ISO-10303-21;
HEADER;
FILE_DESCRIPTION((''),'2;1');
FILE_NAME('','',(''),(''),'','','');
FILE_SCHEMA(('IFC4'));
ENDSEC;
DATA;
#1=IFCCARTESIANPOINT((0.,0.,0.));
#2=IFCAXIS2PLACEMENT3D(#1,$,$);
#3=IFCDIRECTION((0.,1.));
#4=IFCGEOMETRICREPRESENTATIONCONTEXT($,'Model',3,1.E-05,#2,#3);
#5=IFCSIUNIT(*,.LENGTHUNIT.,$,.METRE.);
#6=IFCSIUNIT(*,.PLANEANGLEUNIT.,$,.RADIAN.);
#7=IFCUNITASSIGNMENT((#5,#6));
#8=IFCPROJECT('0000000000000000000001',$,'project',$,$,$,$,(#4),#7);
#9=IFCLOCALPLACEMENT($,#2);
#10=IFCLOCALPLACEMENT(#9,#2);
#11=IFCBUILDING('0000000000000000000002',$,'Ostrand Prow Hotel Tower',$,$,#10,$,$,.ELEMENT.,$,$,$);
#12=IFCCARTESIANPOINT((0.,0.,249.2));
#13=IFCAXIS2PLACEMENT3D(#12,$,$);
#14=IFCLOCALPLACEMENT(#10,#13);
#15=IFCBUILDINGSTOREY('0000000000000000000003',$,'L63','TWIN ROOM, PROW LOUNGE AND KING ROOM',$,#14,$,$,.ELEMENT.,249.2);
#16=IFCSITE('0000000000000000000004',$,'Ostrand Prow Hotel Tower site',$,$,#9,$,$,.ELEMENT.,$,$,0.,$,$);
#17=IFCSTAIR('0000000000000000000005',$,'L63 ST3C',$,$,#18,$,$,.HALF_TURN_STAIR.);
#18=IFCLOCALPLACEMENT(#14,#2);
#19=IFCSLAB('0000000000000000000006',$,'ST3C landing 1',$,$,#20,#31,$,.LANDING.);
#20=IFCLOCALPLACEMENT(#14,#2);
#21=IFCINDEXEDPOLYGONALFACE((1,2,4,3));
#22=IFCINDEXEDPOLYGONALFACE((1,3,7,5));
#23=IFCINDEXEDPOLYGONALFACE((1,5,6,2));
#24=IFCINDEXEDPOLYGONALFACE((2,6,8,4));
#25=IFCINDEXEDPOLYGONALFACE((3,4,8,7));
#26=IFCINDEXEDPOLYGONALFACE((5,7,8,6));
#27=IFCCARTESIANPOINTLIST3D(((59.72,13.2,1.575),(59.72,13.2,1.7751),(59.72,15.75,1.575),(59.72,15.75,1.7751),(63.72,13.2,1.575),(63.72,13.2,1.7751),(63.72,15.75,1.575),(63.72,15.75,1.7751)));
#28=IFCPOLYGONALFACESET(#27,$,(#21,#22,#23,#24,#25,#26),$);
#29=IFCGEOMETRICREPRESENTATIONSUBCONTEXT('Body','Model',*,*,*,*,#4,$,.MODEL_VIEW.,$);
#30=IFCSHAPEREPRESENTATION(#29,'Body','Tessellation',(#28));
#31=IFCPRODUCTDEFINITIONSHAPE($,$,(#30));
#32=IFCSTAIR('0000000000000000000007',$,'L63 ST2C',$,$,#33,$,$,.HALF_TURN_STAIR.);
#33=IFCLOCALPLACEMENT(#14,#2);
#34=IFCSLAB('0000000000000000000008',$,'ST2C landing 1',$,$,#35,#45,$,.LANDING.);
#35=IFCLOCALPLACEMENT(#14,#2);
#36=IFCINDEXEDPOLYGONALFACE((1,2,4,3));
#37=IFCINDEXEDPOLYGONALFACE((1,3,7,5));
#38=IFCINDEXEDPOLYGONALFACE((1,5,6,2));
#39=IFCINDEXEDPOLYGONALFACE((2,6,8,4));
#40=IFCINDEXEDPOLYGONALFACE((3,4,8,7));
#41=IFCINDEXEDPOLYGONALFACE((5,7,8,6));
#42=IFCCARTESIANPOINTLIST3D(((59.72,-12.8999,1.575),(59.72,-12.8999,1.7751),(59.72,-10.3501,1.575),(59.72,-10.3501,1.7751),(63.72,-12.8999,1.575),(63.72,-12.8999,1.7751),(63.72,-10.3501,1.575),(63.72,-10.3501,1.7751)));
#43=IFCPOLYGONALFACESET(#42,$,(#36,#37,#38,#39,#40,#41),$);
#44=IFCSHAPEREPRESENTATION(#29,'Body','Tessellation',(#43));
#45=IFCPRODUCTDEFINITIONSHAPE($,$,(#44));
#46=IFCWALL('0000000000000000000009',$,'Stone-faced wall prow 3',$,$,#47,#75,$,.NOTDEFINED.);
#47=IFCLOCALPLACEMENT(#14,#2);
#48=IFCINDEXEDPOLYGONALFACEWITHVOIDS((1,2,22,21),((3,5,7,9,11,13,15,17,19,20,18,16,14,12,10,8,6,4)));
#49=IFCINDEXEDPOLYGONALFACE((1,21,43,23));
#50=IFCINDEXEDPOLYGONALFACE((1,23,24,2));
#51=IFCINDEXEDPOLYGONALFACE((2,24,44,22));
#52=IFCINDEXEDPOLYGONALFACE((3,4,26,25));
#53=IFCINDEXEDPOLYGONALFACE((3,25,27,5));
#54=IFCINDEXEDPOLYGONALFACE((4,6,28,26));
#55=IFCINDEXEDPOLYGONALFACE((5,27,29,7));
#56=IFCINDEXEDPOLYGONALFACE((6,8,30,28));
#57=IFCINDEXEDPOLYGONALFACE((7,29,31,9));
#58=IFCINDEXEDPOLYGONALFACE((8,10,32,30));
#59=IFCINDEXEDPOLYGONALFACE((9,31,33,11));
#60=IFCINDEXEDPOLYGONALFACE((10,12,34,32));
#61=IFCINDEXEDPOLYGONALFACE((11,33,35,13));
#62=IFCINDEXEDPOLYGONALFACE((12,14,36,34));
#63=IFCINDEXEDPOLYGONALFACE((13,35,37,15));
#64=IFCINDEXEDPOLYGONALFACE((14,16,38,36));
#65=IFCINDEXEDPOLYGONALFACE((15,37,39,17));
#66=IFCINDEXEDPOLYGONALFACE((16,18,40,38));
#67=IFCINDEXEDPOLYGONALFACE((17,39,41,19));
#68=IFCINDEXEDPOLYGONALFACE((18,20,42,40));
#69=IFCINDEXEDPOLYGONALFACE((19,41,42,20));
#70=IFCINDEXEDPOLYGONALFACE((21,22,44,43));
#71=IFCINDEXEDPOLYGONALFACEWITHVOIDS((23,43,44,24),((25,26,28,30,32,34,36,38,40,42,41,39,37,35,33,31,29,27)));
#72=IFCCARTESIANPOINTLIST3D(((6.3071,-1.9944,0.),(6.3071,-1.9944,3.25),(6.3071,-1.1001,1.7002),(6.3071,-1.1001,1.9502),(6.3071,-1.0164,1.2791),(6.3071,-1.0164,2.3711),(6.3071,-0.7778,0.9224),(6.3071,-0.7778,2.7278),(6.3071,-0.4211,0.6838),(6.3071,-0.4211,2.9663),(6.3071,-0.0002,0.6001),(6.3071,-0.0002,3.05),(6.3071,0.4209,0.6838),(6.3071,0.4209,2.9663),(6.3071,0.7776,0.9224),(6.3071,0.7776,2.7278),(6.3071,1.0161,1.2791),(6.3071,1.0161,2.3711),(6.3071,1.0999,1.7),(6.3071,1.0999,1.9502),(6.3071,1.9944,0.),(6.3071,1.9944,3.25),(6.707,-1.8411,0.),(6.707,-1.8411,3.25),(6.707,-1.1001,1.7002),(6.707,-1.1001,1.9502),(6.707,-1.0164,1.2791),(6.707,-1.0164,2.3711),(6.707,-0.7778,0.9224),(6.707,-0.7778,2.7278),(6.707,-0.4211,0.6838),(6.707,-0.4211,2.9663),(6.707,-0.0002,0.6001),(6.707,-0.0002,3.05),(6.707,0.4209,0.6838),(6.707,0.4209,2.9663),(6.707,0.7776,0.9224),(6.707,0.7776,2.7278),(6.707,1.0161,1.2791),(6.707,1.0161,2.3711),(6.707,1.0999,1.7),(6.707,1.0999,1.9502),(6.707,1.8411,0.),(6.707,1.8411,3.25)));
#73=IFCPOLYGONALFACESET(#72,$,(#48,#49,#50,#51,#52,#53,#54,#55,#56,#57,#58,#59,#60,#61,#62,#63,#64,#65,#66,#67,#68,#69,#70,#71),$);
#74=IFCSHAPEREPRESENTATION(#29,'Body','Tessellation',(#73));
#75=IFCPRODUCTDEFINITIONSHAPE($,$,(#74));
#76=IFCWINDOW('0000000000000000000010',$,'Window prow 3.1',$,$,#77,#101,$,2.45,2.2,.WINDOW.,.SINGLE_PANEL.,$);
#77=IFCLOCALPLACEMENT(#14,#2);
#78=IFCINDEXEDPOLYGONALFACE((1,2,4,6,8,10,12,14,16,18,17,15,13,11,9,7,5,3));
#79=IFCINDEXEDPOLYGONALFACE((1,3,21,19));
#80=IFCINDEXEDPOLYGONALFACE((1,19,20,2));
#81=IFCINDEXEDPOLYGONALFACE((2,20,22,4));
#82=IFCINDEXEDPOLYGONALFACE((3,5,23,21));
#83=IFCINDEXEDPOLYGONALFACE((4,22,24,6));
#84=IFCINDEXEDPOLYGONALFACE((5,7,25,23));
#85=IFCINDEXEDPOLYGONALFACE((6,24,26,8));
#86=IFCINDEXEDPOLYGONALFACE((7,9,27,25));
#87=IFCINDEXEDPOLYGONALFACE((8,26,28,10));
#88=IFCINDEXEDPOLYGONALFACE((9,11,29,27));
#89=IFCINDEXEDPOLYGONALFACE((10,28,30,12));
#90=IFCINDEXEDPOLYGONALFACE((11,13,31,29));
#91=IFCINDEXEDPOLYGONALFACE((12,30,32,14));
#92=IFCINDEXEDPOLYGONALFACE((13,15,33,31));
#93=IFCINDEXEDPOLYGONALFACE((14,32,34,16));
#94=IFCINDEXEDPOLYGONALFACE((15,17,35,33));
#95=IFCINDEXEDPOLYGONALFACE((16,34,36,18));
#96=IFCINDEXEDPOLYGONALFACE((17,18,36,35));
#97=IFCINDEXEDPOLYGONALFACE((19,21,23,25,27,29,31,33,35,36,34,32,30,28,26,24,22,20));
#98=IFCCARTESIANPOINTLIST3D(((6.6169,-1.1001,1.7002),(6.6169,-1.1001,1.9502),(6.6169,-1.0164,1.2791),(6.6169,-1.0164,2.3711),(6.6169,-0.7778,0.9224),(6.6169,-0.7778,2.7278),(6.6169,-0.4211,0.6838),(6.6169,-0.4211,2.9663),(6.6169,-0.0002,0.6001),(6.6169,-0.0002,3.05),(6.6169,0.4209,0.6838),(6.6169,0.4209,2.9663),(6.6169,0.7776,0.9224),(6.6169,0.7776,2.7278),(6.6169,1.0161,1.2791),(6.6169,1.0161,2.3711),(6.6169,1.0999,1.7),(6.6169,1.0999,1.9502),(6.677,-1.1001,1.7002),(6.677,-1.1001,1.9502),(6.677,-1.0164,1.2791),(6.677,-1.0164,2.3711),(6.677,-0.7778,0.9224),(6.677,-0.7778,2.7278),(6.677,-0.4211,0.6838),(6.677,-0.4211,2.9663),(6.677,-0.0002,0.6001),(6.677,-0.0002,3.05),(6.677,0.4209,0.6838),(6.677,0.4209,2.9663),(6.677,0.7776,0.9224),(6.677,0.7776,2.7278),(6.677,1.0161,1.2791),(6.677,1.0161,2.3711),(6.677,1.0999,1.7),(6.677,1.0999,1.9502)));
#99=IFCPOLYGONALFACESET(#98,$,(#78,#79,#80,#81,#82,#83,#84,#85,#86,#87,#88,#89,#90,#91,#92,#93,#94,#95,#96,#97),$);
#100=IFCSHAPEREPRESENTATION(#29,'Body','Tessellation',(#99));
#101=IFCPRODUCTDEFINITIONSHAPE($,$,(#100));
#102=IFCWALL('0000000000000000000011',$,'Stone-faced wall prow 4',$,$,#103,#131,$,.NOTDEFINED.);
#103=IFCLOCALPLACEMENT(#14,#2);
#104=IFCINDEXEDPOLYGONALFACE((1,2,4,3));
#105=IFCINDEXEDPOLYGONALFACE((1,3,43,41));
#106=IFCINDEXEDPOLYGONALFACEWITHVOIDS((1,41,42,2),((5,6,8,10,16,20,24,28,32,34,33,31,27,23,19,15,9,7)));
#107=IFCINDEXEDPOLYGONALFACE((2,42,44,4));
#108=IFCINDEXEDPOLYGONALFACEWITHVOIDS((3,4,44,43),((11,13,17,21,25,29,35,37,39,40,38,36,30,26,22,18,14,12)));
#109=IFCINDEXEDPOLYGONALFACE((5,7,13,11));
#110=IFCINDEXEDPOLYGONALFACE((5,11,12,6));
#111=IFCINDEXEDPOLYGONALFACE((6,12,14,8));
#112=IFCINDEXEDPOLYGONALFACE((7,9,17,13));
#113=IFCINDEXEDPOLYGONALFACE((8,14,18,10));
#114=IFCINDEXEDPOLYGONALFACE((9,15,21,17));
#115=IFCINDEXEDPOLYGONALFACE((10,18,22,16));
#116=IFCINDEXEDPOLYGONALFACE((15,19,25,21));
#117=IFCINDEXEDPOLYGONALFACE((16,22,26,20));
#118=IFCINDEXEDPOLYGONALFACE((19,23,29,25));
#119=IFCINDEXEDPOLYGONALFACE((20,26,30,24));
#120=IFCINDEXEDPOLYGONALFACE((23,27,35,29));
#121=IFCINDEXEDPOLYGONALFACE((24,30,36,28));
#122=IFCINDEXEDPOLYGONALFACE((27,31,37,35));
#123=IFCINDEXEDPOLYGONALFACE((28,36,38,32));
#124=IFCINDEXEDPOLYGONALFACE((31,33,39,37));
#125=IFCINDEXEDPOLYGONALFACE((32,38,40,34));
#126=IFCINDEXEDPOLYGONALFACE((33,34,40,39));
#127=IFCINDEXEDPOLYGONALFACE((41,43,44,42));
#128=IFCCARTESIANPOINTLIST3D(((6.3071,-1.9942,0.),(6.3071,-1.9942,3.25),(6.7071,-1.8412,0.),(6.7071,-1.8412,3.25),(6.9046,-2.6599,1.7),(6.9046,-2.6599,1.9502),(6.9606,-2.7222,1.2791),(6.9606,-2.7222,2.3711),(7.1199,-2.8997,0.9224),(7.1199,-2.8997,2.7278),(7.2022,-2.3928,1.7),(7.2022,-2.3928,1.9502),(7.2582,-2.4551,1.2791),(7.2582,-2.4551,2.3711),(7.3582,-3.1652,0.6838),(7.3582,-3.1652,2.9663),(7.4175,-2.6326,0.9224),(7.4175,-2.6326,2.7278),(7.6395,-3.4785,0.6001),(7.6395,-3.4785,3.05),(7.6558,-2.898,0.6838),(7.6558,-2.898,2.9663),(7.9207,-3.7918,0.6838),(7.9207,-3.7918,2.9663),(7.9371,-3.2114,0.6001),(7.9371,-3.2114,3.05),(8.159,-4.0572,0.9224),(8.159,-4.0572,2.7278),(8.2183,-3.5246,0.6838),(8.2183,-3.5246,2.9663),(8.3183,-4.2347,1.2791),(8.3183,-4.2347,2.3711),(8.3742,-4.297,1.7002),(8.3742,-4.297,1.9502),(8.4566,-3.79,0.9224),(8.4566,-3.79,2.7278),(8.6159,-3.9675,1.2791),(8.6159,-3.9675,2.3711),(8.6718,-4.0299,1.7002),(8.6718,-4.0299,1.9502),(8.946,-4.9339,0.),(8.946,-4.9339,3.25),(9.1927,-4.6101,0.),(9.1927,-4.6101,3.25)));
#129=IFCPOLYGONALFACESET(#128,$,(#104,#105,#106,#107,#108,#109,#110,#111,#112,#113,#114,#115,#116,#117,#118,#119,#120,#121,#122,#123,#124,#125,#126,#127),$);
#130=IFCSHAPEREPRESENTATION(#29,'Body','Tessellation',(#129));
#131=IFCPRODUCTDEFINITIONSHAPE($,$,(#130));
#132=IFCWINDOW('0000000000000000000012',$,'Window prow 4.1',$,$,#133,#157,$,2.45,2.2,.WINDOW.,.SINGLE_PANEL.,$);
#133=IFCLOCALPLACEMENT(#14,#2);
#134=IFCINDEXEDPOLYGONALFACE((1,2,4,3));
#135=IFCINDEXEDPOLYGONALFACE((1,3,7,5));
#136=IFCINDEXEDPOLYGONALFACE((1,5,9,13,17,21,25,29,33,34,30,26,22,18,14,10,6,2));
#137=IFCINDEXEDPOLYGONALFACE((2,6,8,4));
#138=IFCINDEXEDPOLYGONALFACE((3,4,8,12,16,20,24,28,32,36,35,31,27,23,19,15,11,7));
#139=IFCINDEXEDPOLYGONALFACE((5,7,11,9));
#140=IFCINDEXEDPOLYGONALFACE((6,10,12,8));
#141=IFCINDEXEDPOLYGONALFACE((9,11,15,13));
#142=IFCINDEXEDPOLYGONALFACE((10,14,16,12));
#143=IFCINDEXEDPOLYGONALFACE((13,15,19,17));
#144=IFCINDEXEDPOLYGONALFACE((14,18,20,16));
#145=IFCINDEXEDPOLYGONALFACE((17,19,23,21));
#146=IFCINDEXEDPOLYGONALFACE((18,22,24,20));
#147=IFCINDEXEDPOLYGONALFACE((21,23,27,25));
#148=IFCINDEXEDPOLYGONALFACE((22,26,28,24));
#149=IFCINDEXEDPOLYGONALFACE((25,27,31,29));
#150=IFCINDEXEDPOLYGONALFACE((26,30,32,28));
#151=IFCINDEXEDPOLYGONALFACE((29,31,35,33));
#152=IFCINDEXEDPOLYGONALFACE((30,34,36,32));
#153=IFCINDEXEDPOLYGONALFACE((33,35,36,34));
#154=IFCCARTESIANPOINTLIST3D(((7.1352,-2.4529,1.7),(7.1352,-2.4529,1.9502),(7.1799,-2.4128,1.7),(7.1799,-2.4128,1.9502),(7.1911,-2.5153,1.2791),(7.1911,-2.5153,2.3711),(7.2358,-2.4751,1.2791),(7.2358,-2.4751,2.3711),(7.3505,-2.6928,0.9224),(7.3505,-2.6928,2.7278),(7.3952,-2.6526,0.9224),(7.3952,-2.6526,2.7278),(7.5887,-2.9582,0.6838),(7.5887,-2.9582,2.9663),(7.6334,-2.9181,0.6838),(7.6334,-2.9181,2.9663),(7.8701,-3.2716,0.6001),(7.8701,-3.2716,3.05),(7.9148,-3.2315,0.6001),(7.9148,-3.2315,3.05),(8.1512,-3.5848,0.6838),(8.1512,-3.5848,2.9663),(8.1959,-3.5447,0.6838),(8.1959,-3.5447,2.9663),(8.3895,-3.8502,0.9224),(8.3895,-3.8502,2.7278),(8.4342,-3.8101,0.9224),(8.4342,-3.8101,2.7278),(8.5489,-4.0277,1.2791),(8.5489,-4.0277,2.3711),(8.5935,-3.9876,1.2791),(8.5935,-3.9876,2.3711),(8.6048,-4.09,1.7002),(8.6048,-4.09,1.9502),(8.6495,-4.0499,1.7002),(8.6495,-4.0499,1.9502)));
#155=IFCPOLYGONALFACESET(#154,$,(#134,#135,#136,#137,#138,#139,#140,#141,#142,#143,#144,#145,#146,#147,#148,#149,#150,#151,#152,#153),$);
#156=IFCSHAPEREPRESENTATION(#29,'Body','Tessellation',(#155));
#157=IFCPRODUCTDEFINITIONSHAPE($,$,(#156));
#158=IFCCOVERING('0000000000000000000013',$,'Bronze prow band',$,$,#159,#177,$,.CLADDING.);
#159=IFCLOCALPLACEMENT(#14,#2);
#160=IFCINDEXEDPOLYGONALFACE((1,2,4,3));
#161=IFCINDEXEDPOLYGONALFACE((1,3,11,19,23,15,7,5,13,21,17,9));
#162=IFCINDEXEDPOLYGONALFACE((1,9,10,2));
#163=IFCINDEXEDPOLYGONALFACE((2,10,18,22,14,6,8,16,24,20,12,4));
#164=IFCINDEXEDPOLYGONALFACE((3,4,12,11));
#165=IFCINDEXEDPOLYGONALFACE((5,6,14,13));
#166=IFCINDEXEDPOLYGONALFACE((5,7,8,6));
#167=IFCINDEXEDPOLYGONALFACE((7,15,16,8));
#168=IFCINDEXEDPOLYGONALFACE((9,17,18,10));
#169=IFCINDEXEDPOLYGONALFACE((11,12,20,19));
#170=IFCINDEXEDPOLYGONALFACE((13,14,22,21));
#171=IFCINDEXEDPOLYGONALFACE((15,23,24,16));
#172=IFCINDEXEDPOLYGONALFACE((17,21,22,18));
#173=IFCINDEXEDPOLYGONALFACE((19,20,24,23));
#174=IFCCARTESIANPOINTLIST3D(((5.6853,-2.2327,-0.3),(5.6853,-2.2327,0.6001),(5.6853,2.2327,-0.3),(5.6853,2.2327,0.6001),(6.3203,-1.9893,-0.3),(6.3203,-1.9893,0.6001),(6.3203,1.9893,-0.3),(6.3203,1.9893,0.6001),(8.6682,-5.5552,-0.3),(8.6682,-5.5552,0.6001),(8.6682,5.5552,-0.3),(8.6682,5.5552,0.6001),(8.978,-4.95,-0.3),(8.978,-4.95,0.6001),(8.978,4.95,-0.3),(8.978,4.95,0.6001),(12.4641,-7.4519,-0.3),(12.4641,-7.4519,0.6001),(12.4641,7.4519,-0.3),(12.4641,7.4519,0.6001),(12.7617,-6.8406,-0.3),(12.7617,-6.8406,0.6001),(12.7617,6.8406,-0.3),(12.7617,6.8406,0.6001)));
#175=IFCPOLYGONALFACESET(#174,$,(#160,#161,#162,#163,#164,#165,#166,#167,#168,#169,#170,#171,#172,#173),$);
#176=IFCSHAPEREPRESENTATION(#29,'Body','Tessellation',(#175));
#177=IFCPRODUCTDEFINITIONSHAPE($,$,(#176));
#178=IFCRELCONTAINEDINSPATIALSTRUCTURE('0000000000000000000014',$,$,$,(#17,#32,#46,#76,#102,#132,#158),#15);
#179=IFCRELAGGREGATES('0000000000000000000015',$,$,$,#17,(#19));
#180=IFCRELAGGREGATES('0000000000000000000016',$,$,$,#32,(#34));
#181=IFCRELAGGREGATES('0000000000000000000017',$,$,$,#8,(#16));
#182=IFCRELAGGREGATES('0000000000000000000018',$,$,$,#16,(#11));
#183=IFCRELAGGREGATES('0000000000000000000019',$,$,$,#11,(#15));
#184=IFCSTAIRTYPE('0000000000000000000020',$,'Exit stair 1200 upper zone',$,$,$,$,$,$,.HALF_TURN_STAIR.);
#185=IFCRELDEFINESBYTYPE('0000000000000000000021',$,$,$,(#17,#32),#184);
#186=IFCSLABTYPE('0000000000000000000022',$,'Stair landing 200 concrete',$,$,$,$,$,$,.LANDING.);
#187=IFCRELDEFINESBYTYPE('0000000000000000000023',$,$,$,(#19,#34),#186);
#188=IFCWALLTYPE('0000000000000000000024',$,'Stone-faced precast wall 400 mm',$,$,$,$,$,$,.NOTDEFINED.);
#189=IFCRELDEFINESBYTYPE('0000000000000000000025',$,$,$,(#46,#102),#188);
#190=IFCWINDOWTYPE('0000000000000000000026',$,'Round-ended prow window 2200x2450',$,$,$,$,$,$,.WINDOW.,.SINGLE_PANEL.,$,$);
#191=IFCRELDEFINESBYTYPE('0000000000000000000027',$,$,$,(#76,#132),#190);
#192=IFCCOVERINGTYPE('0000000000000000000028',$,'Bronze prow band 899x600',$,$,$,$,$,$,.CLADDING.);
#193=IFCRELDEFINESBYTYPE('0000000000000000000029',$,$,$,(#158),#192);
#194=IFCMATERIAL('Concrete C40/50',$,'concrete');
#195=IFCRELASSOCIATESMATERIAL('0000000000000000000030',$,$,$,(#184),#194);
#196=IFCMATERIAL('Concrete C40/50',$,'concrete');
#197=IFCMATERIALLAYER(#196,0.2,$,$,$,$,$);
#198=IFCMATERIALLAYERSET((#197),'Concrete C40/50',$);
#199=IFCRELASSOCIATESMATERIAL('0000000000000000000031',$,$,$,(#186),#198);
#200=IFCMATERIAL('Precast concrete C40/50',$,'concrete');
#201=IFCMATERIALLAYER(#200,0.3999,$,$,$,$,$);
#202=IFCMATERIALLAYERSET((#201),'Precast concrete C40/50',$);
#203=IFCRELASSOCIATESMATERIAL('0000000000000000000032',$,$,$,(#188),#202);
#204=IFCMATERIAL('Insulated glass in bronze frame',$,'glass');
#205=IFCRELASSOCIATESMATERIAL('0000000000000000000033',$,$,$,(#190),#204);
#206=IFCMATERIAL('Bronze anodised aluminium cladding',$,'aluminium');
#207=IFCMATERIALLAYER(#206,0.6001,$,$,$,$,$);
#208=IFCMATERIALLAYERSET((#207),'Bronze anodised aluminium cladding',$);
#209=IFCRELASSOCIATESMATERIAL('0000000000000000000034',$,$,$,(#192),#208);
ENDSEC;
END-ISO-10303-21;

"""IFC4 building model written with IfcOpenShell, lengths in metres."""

from ifc_helpers import new_model, si_unit, direction, frame, origin, place, context, subcontext, project, spatial, polyline, outline, extrude, material, layer, layer_set, type_object, element, fill, aggregate, save


model = new_model("IFC4")

# Units and contexts
model_context = context("Model", 3, precision=1e-05, world=origin(), true_north=direction((0.0, 1.0)))
body_context = subcontext(model_context, "Body", "Model", "MODEL_VIEW")
ifc_project = project(units=[si_unit("LENGTHUNIT", "METRE"), si_unit("PLANEANGLEUNIT", "RADIAN")], contexts=[model_context])

# Site, building, storey
site_placement = place(None, origin())
site = spatial("IfcSite", under=ifc_project, at=site_placement, Name="Ostrand Prow Hotel Tower site", CompositionType="ELEMENT", RefElevation=0.0)
building_placement = place(site_placement, origin())
building = spatial("IfcBuilding", under=site, at=building_placement, Name="Ostrand Prow Hotel Tower", CompositionType="ELEMENT")
storey_placement = place(building_placement, frame((0.0, 0.0, 249.2)))
storey = spatial("IfcBuildingStorey", under=building, at=storey_placement, Name="L63", Description="TWIN ROOM, PROW LOUNGE AND KING ROOM", CompositionType="ELEMENT", Elevation=249.2)

# Stairs, slabs
ifc_material_1 = material(Name="Concrete C40/50", Category="concrete")
stair_type = type_object("IfcStairType", Name="Exit stair 1200 upper zone", PredefinedType="HALF_TURN_STAIR", material=ifc_material_1)
ifc_material_2 = material(Name="Concrete C40/50", Category="concrete")
ifc_layer_1 = layer(ifc_material_2, 0.2)
ifc_layer_set_1 = layer_set([ifc_layer_1], Name="Concrete C40/50")
slab_type_1 = type_object("IfcSlabType", Name="Stair landing 200 concrete", PredefinedType="LANDING", material=ifc_layer_set_1)
stair_1_placement = place(storey_placement, origin())
stair_1 = element("IfcStair", 1, at=stair_1_placement, inside=storey, type_object=stair_type, Name="L63 ST3C", PredefinedType="HALF_TURN_STAIR")
slab_1_placement = place(storey_placement, frame((0.0, 0.0, 1.575)))
slab_1 = element("IfcSlab", 2, at=slab_1_placement, type_object=slab_type_1, Name="ST3C landing 1", PredefinedType="LANDING", context=body_context, shape_type="SweptSolid", body=[
    extrude(outline(polyline([(59.72, 13.2), (63.72, 13.2), (63.72, 15.75), (59.72, 15.75), (59.72, 13.2)])), origin(), (0.0, 0.0, 1.0), 0.2002),
])
aggregate(stair_1, [slab_1])
stair_2_placement = place(storey_placement, origin())
stair_2 = element("IfcStair", 3, at=stair_2_placement, inside=storey, type_object=stair_type, Name="L63 ST2C", PredefinedType="HALF_TURN_STAIR")
slab_2_placement = place(storey_placement, frame((0.0, 0.0, 1.575)))
slab_2 = element("IfcSlab", 4, at=slab_2_placement, type_object=slab_type_1, Name="ST2C landing 1", PredefinedType="LANDING", context=body_context, shape_type="SweptSolid", body=[
    extrude(outline(polyline([(59.72, -12.8999), (63.72, -12.8999), (63.72, -10.3501), (59.72, -10.3501), (59.72, -12.8999)])), origin(), (0.0, 0.0, 1.0), 0.2002),
])
aggregate(stair_2, [slab_2])

# Walls, openings, windows
ifc_material_3 = material(Name="Precast concrete C40/50", Category="concrete")
ifc_layer_2 = layer(ifc_material_3, 0.3999)
ifc_layer_set_2 = layer_set([ifc_layer_2], Name="Precast concrete C40/50")
wall_type = type_object("IfcWallType", Name="Stone-faced precast wall 400 mm", PredefinedType="NOTDEFINED", material=ifc_layer_set_2)
wall_1_placement = place(storey_placement, frame((6.5071, 1.9177, 0.0), z_axis=(0.0, 0.0, 1.0), x_axis=(0.0, -1.0, 0.0)))
wall_1 = element("IfcWall", 5, at=wall_1_placement, inside=storey, type_object=wall_type, Name="Stone-faced wall prow 3", PredefinedType="NOTDEFINED", context=body_context, shape_type="SweptSolid", body=[
    extrude(outline(polyline([(-0.0767, -0.2), (3.9121, -0.2), (3.7588, 0.2), (0.0767, 0.2), (-0.0767, -0.2)])), origin(), (0.0, 0.0, 1.0), 3.25),
])
opening_1_placement = place(wall_1_placement, frame((0.8179, 0.0, 0.6001)))
opening_1 = element("IfcOpeningElement", 6, at=opening_1_placement, cuts=wall_1, PredefinedType="OPENING", context=body_context, shape_type="SweptSolid", body=[
    extrude(outline(polyline([(0.0, 1.3501), (0.0837, 1.771), (0.3223, 2.1277), (0.679, 2.3662), (1.1001, 2.45), (1.521, 2.3662), (1.8777, 2.1277), (2.1162, 1.771), (2.2, 1.3501), (2.2, 1.1001), (2.1162, 0.679), (1.8777, 0.3223), (1.521, 0.0837), (1.1001, 0.0), (0.679, 0.0837), (0.3223, 0.3223), (0.0837, 0.679), (0.0, 1.0999), (0.0, 1.3501)])), frame((0.0, 0.21, 0.0), z_axis=(0.0, -1.0, 0.0), x_axis=(1.0, 0.0, 0.0)), (0.0, 0.0, 1.0), 0.4199),
])
ifc_material_4 = material(Name="Insulated glass in bronze frame", Category="glass")
window_type = type_object("IfcWindowType", Name="Round-ended prow window 2200x2450", PartitioningType="SINGLE_PANEL", PredefinedType="WINDOW", material=ifc_material_4)
window_1_placement = place(opening_1_placement, origin())
window_1 = element("IfcWindow", 7, at=window_1_placement, inside=storey, type_object=window_type, Name="Window prow 3.1", OverallHeight=2.45, OverallWidth=2.2, PartitioningType="SINGLE_PANEL", PredefinedType="WINDOW", context=body_context, shape_type="SweptSolid", body=[
    extrude(outline(polyline([(0.0, 1.3501), (0.0837, 1.771), (0.3223, 2.1277), (0.679, 2.3662), (1.1001, 2.45), (1.521, 2.3662), (1.8777, 2.1277), (2.1162, 1.771), (2.2, 1.3501), (2.2, 1.1001), (2.1162, 0.679), (1.8777, 0.3223), (1.521, 0.0837), (1.1001, 0.0), (0.679, 0.0837), (0.3223, 0.3223), (0.0837, 0.679), (0.0, 1.0999), (0.0, 1.3501)])), frame((0.0, 0.1699, 0.0), z_axis=(0.0, -1.0, 0.0), x_axis=(1.0, 0.0, 0.0)), (0.0, 0.0, 1.0), 0.0601),
])
fill(opening_1, window_1)
wall_2_placement = place(storey_placement, frame((6.5071, -1.9177, 0.0), z_axis=(0.0, 0.0, 1.0), x_axis=(0.668018, -0.744145, 0.0)))
wall_2 = element("IfcWall", 8, at=wall_2_placement, inside=storey, type_object=wall_type, Name="Stone-faced wall prow 4", PredefinedType="NOTDEFINED", context=body_context, shape_type="SweptSolid", body=[
    extrude(outline(polyline([(-0.0767, -0.2), (3.8738, -0.2), (3.7976, 0.2), (0.0767, 0.2), (-0.0767, -0.2)])), origin(), (0.0, 0.0, 1.0), 3.25),
])
opening_2_placement = place(wall_2_placement, frame((0.8179, 0.0, 0.6001)))
opening_2 = element("IfcOpeningElement", 9, at=opening_2_placement, cuts=wall_2, PredefinedType="OPENING", context=body_context, shape_type="SweptSolid", body=[
    extrude(outline(polyline([(0.0, 1.3501), (0.0837, 1.771), (0.3223, 2.1277), (0.679, 2.3662), (1.1001, 2.45), (1.521, 2.3662), (1.8777, 2.1277), (2.1162, 1.771), (2.2, 1.3501), (2.2, 1.1001), (2.1162, 0.679), (1.8777, 0.3223), (1.521, 0.0837), (1.1001, 0.0), (0.679, 0.0837), (0.3223, 0.3223), (0.0837, 0.679), (0.0, 1.0999), (0.0, 1.3501)])), frame((0.0, 0.21, 0.0), z_axis=(0.0, -1.0, 0.0), x_axis=(1.0, 0.0, 0.0)), (0.0, 0.0, 1.0), 0.4199),
])
window_2_placement = place(opening_2_placement, origin())
window_2 = element("IfcWindow", 10, at=window_2_placement, inside=storey, type_object=window_type, Name="Window prow 4.1", OverallHeight=2.45, OverallWidth=2.2, PartitioningType="SINGLE_PANEL", PredefinedType="WINDOW", context=body_context, shape_type="SweptSolid", body=[
    extrude(outline(polyline([(0.0, 1.3501), (0.0837, 1.771), (0.3223, 2.1277), (0.679, 2.3662), (1.1001, 2.45), (1.521, 2.3662), (1.8777, 2.1277), (2.1162, 1.771), (2.2, 1.3501), (2.2, 1.1001), (2.1162, 0.679), (1.8777, 0.3223), (1.521, 0.0837), (1.1001, 0.0), (0.679, 0.0837), (0.3223, 0.3223), (0.0837, 0.679), (0.0, 1.0999), (0.0, 1.3501)])), frame((0.0, 0.1699, 0.0), z_axis=(0.0, -1.0, 0.0), x_axis=(1.0, 0.0, 0.0)), (0.0, 0.0, 1.0), 0.0601),
])
fill(opening_2, window_2)

# Covering
ifc_material_5 = material(Name="Bronze anodised aluminium cladding", Category="aluminium")
ifc_layer_3 = layer(ifc_material_5, 0.6001)
ifc_layer_set_3 = layer_set([ifc_layer_3], Name="Bronze anodised aluminium cladding")
covering_type_1 = type_object("IfcCoveringType", Name="Bronze prow band 899x600", PredefinedType="CLADDING", material=ifc_layer_set_3)
covering_1_placement = place(storey_placement, frame((0.0, 0.0, -0.3)))
element("IfcCovering", 11, at=covering_1_placement, inside=storey, type_object=covering_type_1, Name="Bronze prow band", PredefinedType="CLADDING", context=body_context, shape_type="SweptSolid", body=[
    extrude(outline(polyline([(12.4641, 7.4519), (8.6682, 5.5552), (5.6853, 2.2327), (5.6853, -2.2327), (8.6682, -5.5552), (12.4641, -7.4519), (12.7617, -6.8406), (8.978, -4.95), (6.3203, -1.9893), (6.3203, 1.9893), (8.978, 4.95), (12.7617, 6.8406), (12.4641, 7.4519)])), origin(), (0.0, 0.0, 1.0), 0.9001),
])

save(model, "model.ifc")
